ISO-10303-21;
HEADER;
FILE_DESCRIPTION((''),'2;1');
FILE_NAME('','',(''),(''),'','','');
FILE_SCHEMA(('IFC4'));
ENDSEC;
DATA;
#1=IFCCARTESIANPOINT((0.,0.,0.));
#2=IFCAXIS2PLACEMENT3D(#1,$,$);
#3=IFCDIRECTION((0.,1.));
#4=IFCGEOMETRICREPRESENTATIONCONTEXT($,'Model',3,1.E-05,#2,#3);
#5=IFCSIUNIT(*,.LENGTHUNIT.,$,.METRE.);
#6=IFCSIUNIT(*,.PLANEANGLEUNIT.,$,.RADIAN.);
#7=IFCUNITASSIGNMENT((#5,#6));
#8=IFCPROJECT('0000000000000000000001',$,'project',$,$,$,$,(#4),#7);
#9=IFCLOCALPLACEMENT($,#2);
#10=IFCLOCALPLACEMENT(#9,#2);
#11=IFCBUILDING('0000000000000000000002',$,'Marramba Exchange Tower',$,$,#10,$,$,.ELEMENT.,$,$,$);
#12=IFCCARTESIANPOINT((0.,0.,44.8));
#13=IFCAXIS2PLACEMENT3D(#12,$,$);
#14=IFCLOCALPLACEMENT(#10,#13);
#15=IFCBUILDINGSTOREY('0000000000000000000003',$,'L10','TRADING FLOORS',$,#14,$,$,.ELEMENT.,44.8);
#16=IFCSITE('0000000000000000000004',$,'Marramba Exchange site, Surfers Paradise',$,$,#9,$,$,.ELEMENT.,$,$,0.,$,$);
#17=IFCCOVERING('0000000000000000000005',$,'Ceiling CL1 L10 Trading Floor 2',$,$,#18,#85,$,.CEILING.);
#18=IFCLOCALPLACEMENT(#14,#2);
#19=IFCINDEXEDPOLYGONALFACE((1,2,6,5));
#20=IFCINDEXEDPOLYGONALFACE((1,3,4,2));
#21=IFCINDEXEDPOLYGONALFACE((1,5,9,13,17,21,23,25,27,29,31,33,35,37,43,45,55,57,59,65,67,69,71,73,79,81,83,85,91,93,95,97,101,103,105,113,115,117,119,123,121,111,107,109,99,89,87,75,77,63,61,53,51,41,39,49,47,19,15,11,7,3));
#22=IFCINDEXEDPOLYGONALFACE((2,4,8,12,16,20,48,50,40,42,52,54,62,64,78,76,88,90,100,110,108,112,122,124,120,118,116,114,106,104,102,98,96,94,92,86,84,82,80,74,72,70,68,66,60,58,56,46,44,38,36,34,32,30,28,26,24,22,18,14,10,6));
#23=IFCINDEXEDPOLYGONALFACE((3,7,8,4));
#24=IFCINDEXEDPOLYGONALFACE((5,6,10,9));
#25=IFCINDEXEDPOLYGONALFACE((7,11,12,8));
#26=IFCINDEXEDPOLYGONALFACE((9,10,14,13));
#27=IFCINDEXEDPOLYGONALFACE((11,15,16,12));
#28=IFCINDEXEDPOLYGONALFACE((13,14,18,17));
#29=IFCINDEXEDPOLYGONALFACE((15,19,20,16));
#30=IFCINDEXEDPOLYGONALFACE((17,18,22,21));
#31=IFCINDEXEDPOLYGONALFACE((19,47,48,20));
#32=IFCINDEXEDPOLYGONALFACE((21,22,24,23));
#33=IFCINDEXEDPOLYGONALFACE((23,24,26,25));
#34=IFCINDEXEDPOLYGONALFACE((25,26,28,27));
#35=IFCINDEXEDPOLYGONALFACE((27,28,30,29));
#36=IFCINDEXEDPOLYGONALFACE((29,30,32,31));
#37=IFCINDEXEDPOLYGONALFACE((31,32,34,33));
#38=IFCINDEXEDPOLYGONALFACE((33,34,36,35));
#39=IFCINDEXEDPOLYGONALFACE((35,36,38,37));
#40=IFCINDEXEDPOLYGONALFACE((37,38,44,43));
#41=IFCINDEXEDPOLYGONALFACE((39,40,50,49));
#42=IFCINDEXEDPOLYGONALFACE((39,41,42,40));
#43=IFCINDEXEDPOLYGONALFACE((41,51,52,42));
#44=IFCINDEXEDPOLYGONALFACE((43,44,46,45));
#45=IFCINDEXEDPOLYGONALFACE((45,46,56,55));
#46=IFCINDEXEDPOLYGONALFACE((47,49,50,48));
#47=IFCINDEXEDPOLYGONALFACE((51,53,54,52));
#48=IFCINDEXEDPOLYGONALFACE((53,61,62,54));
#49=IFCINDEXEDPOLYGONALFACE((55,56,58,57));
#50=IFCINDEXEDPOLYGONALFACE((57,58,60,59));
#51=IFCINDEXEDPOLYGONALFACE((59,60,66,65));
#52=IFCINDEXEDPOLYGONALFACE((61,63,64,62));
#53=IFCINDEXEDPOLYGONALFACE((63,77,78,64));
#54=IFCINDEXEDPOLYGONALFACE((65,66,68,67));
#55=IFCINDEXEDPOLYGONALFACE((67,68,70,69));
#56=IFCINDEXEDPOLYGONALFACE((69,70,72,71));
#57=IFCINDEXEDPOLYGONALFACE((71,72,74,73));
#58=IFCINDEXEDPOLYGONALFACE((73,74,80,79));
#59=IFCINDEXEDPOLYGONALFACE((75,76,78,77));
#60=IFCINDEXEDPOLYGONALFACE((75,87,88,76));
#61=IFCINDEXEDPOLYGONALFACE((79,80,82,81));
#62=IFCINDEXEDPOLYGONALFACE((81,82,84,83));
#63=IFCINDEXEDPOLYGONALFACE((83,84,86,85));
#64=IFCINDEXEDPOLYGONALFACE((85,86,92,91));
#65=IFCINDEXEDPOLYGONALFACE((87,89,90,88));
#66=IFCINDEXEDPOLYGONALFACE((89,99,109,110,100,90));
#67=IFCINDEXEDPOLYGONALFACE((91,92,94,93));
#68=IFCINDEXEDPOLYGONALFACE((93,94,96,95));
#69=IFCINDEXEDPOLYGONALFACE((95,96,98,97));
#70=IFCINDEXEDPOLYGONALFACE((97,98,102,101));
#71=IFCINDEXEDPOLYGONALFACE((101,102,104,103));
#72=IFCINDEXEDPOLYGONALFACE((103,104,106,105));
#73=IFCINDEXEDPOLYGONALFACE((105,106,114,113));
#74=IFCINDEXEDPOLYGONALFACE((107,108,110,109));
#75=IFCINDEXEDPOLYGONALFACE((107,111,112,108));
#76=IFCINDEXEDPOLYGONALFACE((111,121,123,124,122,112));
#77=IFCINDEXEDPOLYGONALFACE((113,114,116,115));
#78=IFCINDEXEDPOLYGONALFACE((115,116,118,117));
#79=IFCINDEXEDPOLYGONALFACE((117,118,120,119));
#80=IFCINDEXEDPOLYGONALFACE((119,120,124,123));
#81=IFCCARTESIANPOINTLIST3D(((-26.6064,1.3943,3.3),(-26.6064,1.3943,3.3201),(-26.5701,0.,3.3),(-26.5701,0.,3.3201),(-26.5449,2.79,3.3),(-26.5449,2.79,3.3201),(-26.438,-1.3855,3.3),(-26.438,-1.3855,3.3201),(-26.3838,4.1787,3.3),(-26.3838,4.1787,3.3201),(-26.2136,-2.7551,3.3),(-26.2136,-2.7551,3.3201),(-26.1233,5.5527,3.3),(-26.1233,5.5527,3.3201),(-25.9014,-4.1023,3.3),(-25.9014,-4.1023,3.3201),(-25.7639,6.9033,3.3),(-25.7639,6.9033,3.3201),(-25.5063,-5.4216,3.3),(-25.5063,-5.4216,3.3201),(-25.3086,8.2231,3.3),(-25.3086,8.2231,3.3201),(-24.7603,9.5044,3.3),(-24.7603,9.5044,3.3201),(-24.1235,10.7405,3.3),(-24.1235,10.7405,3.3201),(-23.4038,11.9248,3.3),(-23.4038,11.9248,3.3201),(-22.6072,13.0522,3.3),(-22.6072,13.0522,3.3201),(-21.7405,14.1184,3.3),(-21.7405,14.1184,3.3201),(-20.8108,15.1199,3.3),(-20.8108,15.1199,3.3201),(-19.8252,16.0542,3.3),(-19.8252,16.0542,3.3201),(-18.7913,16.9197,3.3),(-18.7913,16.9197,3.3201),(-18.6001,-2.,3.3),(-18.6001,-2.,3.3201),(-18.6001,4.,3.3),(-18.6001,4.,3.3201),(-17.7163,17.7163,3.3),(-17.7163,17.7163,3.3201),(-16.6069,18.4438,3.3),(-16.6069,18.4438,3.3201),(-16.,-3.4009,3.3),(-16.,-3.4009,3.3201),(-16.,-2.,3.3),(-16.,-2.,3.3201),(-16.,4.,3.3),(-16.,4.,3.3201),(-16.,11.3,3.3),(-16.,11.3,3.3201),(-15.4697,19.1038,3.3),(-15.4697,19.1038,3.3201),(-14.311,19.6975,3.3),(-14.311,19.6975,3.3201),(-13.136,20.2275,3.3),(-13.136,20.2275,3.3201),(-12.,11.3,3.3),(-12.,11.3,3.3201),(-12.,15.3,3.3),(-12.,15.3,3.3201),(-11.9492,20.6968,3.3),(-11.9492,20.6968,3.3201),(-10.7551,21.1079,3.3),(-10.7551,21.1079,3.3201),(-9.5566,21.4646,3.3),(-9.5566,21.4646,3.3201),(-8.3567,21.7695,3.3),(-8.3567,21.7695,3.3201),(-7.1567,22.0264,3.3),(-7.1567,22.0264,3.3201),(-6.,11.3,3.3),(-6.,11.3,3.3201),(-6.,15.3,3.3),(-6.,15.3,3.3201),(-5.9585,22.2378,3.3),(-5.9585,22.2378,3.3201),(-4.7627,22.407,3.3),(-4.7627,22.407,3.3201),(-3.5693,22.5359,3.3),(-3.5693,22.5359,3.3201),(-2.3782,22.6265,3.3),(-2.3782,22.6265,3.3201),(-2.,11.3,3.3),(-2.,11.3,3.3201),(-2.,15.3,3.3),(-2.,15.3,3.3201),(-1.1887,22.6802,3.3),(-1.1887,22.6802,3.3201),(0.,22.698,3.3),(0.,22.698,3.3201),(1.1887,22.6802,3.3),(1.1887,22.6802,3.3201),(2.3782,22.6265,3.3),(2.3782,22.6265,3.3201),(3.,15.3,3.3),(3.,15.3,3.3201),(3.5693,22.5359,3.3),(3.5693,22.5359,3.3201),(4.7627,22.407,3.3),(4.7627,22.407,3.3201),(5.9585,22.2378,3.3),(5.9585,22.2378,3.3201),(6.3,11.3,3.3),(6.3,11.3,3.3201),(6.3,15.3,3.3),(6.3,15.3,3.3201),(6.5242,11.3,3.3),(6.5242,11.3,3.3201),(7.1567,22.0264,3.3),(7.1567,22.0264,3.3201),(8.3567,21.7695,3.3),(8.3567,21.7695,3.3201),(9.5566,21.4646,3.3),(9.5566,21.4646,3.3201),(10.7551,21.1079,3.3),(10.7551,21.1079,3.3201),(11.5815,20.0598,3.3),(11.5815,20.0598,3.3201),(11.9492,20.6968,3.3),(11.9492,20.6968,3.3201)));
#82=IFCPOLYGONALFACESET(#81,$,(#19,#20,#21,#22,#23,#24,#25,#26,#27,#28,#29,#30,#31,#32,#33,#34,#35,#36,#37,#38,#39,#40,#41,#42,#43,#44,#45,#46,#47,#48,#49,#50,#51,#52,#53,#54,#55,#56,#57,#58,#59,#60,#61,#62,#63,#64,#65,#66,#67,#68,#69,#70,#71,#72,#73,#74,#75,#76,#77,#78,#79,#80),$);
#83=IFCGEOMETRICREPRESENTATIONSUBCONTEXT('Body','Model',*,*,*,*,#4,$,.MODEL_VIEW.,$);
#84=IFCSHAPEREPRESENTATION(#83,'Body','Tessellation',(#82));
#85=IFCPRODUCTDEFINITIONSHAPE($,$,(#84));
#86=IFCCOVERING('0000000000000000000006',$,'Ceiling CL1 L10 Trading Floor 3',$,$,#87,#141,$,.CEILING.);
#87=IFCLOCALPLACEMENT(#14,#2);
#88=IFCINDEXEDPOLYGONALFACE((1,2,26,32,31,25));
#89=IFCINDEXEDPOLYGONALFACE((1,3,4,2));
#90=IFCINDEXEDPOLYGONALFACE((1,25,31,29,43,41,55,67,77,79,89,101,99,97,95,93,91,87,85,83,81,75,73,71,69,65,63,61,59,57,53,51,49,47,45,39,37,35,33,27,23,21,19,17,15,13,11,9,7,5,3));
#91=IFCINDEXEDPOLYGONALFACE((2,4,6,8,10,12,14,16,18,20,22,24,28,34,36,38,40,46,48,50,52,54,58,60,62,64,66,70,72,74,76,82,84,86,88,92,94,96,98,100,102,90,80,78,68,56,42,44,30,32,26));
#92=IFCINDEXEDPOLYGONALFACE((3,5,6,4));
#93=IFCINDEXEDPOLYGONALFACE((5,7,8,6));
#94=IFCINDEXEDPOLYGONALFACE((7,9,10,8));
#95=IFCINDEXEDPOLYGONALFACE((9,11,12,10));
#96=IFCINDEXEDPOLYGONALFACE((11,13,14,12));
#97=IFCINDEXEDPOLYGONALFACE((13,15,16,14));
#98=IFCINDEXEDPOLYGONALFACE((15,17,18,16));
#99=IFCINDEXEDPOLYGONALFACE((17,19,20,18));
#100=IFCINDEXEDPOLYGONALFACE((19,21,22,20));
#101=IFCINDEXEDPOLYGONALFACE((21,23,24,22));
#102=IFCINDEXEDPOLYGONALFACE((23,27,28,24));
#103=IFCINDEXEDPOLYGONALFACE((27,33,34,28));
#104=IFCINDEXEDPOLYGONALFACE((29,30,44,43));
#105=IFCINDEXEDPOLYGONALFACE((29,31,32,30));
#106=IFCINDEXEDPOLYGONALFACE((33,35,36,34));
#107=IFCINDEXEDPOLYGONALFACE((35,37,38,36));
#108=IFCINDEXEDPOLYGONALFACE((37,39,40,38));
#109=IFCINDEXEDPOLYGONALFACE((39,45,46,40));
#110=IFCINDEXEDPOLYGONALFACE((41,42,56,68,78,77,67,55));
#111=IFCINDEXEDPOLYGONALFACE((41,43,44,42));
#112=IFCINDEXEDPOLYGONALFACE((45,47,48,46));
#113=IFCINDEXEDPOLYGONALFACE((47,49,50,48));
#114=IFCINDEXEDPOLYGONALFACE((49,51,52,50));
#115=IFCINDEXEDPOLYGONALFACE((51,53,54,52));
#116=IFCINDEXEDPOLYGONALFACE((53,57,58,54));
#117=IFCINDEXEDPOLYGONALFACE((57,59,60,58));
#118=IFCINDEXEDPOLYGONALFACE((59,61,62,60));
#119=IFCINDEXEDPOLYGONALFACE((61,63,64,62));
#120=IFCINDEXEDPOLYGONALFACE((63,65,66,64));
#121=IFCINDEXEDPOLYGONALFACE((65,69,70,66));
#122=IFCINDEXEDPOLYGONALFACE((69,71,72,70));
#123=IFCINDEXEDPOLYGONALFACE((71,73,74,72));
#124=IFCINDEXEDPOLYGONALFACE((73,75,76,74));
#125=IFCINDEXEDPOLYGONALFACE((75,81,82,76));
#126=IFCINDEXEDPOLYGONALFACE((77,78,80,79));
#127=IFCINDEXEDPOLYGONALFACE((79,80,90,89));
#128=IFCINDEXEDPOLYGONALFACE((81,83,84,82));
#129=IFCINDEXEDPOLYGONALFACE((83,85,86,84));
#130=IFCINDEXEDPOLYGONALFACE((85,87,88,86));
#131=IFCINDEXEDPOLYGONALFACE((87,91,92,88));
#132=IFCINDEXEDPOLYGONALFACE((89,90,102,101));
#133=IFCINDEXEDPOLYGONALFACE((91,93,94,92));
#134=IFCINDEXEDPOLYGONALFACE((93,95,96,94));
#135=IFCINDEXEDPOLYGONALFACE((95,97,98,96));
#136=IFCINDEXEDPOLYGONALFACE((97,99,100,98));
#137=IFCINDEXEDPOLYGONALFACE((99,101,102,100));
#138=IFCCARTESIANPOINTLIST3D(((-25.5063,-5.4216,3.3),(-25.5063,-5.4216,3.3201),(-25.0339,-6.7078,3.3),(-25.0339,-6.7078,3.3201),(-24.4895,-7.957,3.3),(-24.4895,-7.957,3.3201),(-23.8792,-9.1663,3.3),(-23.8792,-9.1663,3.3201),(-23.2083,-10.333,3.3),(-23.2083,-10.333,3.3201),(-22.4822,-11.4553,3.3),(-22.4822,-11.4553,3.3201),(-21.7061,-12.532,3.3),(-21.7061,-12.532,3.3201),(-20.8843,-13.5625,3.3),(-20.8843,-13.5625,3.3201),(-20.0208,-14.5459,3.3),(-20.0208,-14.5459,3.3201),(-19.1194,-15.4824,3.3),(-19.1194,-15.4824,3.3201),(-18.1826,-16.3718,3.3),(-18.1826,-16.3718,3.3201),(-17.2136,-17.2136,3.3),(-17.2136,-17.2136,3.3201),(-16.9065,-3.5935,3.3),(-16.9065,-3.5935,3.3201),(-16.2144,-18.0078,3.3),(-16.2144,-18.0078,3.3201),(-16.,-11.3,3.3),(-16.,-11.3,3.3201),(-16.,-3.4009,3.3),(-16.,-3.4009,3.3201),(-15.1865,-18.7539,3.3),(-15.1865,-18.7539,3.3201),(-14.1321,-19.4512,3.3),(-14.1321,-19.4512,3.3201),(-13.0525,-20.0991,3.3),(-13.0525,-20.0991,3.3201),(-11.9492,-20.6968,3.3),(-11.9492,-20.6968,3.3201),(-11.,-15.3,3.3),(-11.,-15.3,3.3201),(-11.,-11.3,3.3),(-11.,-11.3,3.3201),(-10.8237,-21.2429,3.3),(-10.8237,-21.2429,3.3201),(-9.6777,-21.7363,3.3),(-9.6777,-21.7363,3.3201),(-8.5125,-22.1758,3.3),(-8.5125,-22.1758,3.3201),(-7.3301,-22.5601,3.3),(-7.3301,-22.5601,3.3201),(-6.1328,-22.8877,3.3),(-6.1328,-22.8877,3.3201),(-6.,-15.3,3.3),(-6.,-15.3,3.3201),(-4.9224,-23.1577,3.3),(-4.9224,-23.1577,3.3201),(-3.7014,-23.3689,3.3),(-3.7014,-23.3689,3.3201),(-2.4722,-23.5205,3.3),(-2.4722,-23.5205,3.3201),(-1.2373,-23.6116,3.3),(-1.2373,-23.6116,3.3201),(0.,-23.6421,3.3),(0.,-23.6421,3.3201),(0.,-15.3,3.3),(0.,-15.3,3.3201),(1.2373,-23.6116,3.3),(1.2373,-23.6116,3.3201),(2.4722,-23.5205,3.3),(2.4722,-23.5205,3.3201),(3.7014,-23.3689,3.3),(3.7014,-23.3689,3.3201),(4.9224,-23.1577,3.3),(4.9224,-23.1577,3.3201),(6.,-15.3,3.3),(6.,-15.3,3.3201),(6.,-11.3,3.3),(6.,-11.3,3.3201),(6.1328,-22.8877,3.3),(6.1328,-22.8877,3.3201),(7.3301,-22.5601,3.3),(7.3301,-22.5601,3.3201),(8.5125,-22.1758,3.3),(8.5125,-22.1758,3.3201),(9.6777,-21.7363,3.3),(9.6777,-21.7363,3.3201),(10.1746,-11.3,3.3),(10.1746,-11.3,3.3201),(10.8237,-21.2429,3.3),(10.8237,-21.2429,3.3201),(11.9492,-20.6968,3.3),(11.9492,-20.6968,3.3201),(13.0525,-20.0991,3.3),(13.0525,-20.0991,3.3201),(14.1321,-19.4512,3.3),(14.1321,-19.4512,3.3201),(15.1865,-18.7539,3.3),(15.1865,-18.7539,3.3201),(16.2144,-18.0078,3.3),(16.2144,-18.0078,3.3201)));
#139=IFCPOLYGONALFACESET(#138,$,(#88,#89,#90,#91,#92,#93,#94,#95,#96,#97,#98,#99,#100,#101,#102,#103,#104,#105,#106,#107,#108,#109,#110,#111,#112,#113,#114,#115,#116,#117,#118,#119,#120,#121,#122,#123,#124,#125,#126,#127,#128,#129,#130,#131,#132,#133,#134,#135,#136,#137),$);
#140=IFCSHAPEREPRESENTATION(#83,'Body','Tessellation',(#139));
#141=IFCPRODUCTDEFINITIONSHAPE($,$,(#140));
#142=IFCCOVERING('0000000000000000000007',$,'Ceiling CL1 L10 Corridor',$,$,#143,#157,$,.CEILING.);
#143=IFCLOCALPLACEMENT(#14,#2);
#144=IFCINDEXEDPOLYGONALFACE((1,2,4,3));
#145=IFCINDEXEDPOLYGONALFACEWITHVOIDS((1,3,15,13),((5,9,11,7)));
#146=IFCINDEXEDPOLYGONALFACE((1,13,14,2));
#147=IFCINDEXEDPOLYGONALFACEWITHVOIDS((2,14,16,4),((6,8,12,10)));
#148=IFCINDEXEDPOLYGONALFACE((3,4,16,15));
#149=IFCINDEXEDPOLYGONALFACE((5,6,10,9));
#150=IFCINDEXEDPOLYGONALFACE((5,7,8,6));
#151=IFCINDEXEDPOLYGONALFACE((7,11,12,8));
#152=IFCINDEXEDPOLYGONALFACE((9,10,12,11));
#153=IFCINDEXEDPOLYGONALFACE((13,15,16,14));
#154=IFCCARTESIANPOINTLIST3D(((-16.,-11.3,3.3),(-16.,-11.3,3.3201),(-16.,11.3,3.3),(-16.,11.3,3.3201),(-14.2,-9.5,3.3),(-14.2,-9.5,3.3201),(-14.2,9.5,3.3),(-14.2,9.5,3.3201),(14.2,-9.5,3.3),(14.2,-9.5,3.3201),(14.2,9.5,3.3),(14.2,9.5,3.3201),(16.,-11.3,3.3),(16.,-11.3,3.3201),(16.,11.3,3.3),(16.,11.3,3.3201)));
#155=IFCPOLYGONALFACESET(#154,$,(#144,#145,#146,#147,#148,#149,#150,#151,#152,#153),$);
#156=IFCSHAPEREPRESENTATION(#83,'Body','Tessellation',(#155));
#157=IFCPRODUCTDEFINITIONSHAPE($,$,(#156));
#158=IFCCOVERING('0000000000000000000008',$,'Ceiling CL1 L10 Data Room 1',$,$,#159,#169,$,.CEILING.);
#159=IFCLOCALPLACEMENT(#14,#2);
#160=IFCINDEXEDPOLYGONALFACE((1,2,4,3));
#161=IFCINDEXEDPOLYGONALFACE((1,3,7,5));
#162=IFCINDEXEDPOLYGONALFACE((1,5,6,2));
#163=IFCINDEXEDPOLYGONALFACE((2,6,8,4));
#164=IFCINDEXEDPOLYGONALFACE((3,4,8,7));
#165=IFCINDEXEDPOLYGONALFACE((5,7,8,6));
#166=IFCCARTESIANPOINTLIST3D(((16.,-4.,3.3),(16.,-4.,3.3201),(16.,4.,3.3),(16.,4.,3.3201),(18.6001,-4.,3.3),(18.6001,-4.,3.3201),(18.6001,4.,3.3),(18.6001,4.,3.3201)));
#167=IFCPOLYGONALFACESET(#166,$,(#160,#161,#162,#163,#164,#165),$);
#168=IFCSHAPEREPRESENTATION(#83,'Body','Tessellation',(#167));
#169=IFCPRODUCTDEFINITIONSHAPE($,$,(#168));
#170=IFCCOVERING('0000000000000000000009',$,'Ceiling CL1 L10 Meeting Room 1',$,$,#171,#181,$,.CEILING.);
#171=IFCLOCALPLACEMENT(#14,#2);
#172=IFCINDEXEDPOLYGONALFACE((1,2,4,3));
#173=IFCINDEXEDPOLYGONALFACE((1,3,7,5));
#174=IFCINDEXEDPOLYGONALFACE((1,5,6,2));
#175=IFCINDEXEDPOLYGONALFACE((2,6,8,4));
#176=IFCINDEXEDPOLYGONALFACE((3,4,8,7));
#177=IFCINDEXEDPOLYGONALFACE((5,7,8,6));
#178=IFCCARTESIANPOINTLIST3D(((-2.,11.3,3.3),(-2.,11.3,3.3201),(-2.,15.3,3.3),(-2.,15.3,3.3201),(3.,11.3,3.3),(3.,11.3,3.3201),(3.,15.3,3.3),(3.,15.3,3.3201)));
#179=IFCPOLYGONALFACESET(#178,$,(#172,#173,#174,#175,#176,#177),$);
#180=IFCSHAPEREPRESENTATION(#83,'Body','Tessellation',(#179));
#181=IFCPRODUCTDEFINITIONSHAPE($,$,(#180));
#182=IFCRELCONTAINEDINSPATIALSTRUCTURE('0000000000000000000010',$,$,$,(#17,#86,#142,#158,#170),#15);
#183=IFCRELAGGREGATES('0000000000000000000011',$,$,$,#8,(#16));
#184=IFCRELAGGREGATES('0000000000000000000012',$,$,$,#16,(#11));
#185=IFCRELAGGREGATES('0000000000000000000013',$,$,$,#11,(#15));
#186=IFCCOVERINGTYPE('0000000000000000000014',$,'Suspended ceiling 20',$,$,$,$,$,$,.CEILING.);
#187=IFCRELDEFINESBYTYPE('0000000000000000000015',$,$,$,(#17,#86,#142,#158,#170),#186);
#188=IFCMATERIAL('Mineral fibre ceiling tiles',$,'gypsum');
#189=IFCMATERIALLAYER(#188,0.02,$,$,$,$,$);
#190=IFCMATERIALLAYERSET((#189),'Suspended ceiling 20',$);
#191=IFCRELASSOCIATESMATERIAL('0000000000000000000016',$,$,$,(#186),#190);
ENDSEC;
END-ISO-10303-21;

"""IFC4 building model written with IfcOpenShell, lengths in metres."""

from ifc_helpers import new_model, si_unit, direction, frame, origin, place, context, subcontext, project, spatial, polyline, outline, extrude, material, layer, layer_set, type_object, element, save


model = new_model("IFC4")

# Units and contexts
model_context = context("Model", 3, precision=1e-05, world=origin(), true_north=direction((0.0, 1.0)))
body_context = subcontext(model_context, "Body", "Model", "MODEL_VIEW")
ifc_project = project(units=[si_unit("LENGTHUNIT", "METRE"), si_unit("PLANEANGLEUNIT", "RADIAN")], contexts=[model_context])

# Site, building, storey
site_placement = place(None, origin())
site = spatial("IfcSite", under=ifc_project, at=site_placement, Name="Marramba Exchange site, Surfers Paradise", CompositionType="ELEMENT", RefElevation=0.0)
building_placement = place(site_placement, origin())
building = spatial("IfcBuilding", under=site, at=building_placement, Name="Marramba Exchange Tower", CompositionType="ELEMENT")
storey_placement = place(building_placement, frame((0.0, 0.0, 44.8)))
storey = spatial("IfcBuildingStorey", under=building, at=storey_placement, Name="L10", Description="TRADING FLOORS", CompositionType="ELEMENT", Elevation=44.8)

# Coverings
ifc_material_1 = material(Name="Mineral fibre ceiling tiles", Category="gypsum")
ifc_layer_1 = layer(ifc_material_1, 0.02)
ifc_layer_set_1 = layer_set([ifc_layer_1], Name="Suspended ceiling 20")
covering_type_1 = type_object("IfcCoveringType", Name="Suspended ceiling 20", PredefinedType="CEILING", material=ifc_layer_set_1)
covering_1_placement = place(storey_placement, frame((0.0, 0.0, 3.3)))
element("IfcCovering", 1, at=covering_1_placement, inside=storey, type_object=covering_type_1, Name="Ceiling CL1 L10 Trading Floor 2", PredefinedType="CEILING", context=body_context, shape_type="SweptSolid", body=[
    extrude(outline(polyline([(-16.0, 4.0), (-18.6001, 4.0), (-18.6001, -2.0), (-16.0, -2.0), (-16.0, -3.4009), (-25.5063, -5.4216), (-25.9014, -4.1023), (-26.2136, -2.7551), (-26.438, -1.3855), (-26.5701, 0.0), (-26.6064, 1.3943), (-26.5449, 2.79), (-26.3838, 4.1787), (-26.1233, 5.5527), (-25.7639, 6.9033), (-25.3086, 8.2231), (-24.7603, 9.5044), (-24.1235, 10.7405), (-23.4038, 11.9248), (-22.6072, 13.0522), (-21.7405, 14.1184), (-20.8108, 15.1199), (-19.8252, 16.0542), (-18.7913, 16.9197), (-17.7163, 17.7163), (-16.6069, 18.4438), (-15.4697, 19.1038), (-14.311, 19.6975), (-13.136, 20.2275), (-11.9492, 20.6968), (-10.7551, 21.1079), (-9.5566, 21.4646), (-8.3567, 21.7695), (-7.1567, 22.0264), (-5.9585, 22.2378), (-4.7627, 22.407), (-3.5693, 22.5359), (-2.3782, 22.6265), (-1.1887, 22.6802), (0.0, 22.698), (1.1887, 22.6802), (2.3782, 22.6265), (3.5693, 22.5359), (4.7627, 22.407), (5.9585, 22.2378), (7.1567, 22.0264), (8.3567, 21.7695), (9.5566, 21.4646), (10.7551, 21.1079), (11.9492, 20.6968), (11.5815, 20.0598), (6.5242, 11.3), (6.3, 11.3), (6.3, 15.3), (3.0, 15.3), (-2.0, 15.3), (-2.0, 11.3), (-6.0, 11.3), (-6.0, 15.3), (-12.0, 15.3), (-12.0, 11.3), (-16.0, 11.3), (-16.0, 4.0)])), origin(), (0.0, 0.0, 1.0), 0.02),
])
covering_2_placement = place(storey_placement, frame((0.0, 0.0, 3.3)))
element("IfcCovering", 2, at=covering_2_placement, inside=storey, type_object=covering_type_1, Name="Ceiling CL1 L10 Trading Floor 3", PredefinedType="CEILING", context=body_context, shape_type="SweptSolid", body=[
    extrude(outline(polyline([(-11.0, -11.3), (-11.0, -15.3), (-6.0, -15.3), (0.0, -15.3), (6.0, -15.3), (6.0, -11.3), (10.1746, -11.3), (16.2144, -18.0078), (15.1865, -18.7539), (14.1321, -19.4512), (13.0525, -20.0991), (11.9492, -20.6968), (10.8237, -21.2429), (9.6777, -21.7363), (8.5125, -22.1758), (7.3301, -22.5601), (6.1328, -22.8877), (4.9224, -23.1577), (3.7014, -23.3689), (2.4722, -23.5205), (1.2373, -23.6116), (0.0, -23.6421), (-1.2373, -23.6116), (-2.4722, -23.5205), (-3.7014, -23.3689), (-4.9224, -23.1577), (-6.1328, -22.8877), (-7.3301, -22.5601), (-8.5125, -22.1758), (-9.6777, -21.7363), (-10.8237, -21.2429), (-11.9492, -20.6968), (-13.0525, -20.0991), (-14.1321, -19.4512), (-15.1865, -18.7539), (-16.2144, -18.0078), (-17.2136, -17.2136), (-18.1826, -16.3718), (-19.1194, -15.4824), (-20.0208, -14.5459), (-20.8843, -13.5625), (-21.7061, -12.532), (-22.4822, -11.4553), (-23.2083, -10.333), (-23.8792, -9.1663), (-24.4895, -7.957), (-25.0339, -6.7078), (-25.5063, -5.4216), (-16.9065, -3.5935), (-16.0, -3.4009), (-16.0, -11.3), (-11.0, -11.3)])), origin(), (0.0, 0.0, 1.0), 0.02),
])
covering_3_placement = place(storey_placement, frame((0.0, 0.0, 3.3)))
element("IfcCovering", 3, at=covering_3_placement, inside=storey, type_object=covering_type_1, Name="Ceiling CL1 L10 Corridor", PredefinedType="CEILING", context=body_context, shape_type="SweptSolid", body=[
    extrude(outline(polyline([(-16.0, 11.3), (16.0, 11.3), (16.0, -11.3), (-16.0, -11.3), (-16.0, 11.3)]), holes=[polyline([(-14.2, 9.5), (-14.2, -9.5), (14.2, -9.5), (14.2, 9.5), (-14.2, 9.5)])]), origin(), (0.0, 0.0, 1.0), 0.02),
])
covering_4_placement = place(storey_placement, frame((0.0, 0.0, 3.3)))
element("IfcCovering", 4, at=covering_4_placement, inside=storey, type_object=covering_type_1, Name="Ceiling CL1 L10 Data Room 1", PredefinedType="CEILING", context=body_context, shape_type="SweptSolid", body=[
    extrude(outline(polyline([(18.6001, -4.0), (16.0, -4.0), (16.0, 4.0), (18.6001, 4.0), (18.6001, -4.0)])), origin(), (0.0, 0.0, 1.0), 0.02),
])
covering_5_placement = place(storey_placement, frame((0.0, 0.0, 3.3)))
element("IfcCovering", 5, at=covering_5_placement, inside=storey, type_object=covering_type_1, Name="Ceiling CL1 L10 Meeting Room 1", PredefinedType="CEILING", context=body_context, shape_type="SweptSolid", body=[
    extrude(outline(polyline([(3.0, 11.3), (-2.0, 11.3), (-2.0, 15.3), (3.0, 15.3), (3.0, 11.3)])), origin(), (0.0, 0.0, 1.0), 0.02),
])

save(model, "model.ifc")
